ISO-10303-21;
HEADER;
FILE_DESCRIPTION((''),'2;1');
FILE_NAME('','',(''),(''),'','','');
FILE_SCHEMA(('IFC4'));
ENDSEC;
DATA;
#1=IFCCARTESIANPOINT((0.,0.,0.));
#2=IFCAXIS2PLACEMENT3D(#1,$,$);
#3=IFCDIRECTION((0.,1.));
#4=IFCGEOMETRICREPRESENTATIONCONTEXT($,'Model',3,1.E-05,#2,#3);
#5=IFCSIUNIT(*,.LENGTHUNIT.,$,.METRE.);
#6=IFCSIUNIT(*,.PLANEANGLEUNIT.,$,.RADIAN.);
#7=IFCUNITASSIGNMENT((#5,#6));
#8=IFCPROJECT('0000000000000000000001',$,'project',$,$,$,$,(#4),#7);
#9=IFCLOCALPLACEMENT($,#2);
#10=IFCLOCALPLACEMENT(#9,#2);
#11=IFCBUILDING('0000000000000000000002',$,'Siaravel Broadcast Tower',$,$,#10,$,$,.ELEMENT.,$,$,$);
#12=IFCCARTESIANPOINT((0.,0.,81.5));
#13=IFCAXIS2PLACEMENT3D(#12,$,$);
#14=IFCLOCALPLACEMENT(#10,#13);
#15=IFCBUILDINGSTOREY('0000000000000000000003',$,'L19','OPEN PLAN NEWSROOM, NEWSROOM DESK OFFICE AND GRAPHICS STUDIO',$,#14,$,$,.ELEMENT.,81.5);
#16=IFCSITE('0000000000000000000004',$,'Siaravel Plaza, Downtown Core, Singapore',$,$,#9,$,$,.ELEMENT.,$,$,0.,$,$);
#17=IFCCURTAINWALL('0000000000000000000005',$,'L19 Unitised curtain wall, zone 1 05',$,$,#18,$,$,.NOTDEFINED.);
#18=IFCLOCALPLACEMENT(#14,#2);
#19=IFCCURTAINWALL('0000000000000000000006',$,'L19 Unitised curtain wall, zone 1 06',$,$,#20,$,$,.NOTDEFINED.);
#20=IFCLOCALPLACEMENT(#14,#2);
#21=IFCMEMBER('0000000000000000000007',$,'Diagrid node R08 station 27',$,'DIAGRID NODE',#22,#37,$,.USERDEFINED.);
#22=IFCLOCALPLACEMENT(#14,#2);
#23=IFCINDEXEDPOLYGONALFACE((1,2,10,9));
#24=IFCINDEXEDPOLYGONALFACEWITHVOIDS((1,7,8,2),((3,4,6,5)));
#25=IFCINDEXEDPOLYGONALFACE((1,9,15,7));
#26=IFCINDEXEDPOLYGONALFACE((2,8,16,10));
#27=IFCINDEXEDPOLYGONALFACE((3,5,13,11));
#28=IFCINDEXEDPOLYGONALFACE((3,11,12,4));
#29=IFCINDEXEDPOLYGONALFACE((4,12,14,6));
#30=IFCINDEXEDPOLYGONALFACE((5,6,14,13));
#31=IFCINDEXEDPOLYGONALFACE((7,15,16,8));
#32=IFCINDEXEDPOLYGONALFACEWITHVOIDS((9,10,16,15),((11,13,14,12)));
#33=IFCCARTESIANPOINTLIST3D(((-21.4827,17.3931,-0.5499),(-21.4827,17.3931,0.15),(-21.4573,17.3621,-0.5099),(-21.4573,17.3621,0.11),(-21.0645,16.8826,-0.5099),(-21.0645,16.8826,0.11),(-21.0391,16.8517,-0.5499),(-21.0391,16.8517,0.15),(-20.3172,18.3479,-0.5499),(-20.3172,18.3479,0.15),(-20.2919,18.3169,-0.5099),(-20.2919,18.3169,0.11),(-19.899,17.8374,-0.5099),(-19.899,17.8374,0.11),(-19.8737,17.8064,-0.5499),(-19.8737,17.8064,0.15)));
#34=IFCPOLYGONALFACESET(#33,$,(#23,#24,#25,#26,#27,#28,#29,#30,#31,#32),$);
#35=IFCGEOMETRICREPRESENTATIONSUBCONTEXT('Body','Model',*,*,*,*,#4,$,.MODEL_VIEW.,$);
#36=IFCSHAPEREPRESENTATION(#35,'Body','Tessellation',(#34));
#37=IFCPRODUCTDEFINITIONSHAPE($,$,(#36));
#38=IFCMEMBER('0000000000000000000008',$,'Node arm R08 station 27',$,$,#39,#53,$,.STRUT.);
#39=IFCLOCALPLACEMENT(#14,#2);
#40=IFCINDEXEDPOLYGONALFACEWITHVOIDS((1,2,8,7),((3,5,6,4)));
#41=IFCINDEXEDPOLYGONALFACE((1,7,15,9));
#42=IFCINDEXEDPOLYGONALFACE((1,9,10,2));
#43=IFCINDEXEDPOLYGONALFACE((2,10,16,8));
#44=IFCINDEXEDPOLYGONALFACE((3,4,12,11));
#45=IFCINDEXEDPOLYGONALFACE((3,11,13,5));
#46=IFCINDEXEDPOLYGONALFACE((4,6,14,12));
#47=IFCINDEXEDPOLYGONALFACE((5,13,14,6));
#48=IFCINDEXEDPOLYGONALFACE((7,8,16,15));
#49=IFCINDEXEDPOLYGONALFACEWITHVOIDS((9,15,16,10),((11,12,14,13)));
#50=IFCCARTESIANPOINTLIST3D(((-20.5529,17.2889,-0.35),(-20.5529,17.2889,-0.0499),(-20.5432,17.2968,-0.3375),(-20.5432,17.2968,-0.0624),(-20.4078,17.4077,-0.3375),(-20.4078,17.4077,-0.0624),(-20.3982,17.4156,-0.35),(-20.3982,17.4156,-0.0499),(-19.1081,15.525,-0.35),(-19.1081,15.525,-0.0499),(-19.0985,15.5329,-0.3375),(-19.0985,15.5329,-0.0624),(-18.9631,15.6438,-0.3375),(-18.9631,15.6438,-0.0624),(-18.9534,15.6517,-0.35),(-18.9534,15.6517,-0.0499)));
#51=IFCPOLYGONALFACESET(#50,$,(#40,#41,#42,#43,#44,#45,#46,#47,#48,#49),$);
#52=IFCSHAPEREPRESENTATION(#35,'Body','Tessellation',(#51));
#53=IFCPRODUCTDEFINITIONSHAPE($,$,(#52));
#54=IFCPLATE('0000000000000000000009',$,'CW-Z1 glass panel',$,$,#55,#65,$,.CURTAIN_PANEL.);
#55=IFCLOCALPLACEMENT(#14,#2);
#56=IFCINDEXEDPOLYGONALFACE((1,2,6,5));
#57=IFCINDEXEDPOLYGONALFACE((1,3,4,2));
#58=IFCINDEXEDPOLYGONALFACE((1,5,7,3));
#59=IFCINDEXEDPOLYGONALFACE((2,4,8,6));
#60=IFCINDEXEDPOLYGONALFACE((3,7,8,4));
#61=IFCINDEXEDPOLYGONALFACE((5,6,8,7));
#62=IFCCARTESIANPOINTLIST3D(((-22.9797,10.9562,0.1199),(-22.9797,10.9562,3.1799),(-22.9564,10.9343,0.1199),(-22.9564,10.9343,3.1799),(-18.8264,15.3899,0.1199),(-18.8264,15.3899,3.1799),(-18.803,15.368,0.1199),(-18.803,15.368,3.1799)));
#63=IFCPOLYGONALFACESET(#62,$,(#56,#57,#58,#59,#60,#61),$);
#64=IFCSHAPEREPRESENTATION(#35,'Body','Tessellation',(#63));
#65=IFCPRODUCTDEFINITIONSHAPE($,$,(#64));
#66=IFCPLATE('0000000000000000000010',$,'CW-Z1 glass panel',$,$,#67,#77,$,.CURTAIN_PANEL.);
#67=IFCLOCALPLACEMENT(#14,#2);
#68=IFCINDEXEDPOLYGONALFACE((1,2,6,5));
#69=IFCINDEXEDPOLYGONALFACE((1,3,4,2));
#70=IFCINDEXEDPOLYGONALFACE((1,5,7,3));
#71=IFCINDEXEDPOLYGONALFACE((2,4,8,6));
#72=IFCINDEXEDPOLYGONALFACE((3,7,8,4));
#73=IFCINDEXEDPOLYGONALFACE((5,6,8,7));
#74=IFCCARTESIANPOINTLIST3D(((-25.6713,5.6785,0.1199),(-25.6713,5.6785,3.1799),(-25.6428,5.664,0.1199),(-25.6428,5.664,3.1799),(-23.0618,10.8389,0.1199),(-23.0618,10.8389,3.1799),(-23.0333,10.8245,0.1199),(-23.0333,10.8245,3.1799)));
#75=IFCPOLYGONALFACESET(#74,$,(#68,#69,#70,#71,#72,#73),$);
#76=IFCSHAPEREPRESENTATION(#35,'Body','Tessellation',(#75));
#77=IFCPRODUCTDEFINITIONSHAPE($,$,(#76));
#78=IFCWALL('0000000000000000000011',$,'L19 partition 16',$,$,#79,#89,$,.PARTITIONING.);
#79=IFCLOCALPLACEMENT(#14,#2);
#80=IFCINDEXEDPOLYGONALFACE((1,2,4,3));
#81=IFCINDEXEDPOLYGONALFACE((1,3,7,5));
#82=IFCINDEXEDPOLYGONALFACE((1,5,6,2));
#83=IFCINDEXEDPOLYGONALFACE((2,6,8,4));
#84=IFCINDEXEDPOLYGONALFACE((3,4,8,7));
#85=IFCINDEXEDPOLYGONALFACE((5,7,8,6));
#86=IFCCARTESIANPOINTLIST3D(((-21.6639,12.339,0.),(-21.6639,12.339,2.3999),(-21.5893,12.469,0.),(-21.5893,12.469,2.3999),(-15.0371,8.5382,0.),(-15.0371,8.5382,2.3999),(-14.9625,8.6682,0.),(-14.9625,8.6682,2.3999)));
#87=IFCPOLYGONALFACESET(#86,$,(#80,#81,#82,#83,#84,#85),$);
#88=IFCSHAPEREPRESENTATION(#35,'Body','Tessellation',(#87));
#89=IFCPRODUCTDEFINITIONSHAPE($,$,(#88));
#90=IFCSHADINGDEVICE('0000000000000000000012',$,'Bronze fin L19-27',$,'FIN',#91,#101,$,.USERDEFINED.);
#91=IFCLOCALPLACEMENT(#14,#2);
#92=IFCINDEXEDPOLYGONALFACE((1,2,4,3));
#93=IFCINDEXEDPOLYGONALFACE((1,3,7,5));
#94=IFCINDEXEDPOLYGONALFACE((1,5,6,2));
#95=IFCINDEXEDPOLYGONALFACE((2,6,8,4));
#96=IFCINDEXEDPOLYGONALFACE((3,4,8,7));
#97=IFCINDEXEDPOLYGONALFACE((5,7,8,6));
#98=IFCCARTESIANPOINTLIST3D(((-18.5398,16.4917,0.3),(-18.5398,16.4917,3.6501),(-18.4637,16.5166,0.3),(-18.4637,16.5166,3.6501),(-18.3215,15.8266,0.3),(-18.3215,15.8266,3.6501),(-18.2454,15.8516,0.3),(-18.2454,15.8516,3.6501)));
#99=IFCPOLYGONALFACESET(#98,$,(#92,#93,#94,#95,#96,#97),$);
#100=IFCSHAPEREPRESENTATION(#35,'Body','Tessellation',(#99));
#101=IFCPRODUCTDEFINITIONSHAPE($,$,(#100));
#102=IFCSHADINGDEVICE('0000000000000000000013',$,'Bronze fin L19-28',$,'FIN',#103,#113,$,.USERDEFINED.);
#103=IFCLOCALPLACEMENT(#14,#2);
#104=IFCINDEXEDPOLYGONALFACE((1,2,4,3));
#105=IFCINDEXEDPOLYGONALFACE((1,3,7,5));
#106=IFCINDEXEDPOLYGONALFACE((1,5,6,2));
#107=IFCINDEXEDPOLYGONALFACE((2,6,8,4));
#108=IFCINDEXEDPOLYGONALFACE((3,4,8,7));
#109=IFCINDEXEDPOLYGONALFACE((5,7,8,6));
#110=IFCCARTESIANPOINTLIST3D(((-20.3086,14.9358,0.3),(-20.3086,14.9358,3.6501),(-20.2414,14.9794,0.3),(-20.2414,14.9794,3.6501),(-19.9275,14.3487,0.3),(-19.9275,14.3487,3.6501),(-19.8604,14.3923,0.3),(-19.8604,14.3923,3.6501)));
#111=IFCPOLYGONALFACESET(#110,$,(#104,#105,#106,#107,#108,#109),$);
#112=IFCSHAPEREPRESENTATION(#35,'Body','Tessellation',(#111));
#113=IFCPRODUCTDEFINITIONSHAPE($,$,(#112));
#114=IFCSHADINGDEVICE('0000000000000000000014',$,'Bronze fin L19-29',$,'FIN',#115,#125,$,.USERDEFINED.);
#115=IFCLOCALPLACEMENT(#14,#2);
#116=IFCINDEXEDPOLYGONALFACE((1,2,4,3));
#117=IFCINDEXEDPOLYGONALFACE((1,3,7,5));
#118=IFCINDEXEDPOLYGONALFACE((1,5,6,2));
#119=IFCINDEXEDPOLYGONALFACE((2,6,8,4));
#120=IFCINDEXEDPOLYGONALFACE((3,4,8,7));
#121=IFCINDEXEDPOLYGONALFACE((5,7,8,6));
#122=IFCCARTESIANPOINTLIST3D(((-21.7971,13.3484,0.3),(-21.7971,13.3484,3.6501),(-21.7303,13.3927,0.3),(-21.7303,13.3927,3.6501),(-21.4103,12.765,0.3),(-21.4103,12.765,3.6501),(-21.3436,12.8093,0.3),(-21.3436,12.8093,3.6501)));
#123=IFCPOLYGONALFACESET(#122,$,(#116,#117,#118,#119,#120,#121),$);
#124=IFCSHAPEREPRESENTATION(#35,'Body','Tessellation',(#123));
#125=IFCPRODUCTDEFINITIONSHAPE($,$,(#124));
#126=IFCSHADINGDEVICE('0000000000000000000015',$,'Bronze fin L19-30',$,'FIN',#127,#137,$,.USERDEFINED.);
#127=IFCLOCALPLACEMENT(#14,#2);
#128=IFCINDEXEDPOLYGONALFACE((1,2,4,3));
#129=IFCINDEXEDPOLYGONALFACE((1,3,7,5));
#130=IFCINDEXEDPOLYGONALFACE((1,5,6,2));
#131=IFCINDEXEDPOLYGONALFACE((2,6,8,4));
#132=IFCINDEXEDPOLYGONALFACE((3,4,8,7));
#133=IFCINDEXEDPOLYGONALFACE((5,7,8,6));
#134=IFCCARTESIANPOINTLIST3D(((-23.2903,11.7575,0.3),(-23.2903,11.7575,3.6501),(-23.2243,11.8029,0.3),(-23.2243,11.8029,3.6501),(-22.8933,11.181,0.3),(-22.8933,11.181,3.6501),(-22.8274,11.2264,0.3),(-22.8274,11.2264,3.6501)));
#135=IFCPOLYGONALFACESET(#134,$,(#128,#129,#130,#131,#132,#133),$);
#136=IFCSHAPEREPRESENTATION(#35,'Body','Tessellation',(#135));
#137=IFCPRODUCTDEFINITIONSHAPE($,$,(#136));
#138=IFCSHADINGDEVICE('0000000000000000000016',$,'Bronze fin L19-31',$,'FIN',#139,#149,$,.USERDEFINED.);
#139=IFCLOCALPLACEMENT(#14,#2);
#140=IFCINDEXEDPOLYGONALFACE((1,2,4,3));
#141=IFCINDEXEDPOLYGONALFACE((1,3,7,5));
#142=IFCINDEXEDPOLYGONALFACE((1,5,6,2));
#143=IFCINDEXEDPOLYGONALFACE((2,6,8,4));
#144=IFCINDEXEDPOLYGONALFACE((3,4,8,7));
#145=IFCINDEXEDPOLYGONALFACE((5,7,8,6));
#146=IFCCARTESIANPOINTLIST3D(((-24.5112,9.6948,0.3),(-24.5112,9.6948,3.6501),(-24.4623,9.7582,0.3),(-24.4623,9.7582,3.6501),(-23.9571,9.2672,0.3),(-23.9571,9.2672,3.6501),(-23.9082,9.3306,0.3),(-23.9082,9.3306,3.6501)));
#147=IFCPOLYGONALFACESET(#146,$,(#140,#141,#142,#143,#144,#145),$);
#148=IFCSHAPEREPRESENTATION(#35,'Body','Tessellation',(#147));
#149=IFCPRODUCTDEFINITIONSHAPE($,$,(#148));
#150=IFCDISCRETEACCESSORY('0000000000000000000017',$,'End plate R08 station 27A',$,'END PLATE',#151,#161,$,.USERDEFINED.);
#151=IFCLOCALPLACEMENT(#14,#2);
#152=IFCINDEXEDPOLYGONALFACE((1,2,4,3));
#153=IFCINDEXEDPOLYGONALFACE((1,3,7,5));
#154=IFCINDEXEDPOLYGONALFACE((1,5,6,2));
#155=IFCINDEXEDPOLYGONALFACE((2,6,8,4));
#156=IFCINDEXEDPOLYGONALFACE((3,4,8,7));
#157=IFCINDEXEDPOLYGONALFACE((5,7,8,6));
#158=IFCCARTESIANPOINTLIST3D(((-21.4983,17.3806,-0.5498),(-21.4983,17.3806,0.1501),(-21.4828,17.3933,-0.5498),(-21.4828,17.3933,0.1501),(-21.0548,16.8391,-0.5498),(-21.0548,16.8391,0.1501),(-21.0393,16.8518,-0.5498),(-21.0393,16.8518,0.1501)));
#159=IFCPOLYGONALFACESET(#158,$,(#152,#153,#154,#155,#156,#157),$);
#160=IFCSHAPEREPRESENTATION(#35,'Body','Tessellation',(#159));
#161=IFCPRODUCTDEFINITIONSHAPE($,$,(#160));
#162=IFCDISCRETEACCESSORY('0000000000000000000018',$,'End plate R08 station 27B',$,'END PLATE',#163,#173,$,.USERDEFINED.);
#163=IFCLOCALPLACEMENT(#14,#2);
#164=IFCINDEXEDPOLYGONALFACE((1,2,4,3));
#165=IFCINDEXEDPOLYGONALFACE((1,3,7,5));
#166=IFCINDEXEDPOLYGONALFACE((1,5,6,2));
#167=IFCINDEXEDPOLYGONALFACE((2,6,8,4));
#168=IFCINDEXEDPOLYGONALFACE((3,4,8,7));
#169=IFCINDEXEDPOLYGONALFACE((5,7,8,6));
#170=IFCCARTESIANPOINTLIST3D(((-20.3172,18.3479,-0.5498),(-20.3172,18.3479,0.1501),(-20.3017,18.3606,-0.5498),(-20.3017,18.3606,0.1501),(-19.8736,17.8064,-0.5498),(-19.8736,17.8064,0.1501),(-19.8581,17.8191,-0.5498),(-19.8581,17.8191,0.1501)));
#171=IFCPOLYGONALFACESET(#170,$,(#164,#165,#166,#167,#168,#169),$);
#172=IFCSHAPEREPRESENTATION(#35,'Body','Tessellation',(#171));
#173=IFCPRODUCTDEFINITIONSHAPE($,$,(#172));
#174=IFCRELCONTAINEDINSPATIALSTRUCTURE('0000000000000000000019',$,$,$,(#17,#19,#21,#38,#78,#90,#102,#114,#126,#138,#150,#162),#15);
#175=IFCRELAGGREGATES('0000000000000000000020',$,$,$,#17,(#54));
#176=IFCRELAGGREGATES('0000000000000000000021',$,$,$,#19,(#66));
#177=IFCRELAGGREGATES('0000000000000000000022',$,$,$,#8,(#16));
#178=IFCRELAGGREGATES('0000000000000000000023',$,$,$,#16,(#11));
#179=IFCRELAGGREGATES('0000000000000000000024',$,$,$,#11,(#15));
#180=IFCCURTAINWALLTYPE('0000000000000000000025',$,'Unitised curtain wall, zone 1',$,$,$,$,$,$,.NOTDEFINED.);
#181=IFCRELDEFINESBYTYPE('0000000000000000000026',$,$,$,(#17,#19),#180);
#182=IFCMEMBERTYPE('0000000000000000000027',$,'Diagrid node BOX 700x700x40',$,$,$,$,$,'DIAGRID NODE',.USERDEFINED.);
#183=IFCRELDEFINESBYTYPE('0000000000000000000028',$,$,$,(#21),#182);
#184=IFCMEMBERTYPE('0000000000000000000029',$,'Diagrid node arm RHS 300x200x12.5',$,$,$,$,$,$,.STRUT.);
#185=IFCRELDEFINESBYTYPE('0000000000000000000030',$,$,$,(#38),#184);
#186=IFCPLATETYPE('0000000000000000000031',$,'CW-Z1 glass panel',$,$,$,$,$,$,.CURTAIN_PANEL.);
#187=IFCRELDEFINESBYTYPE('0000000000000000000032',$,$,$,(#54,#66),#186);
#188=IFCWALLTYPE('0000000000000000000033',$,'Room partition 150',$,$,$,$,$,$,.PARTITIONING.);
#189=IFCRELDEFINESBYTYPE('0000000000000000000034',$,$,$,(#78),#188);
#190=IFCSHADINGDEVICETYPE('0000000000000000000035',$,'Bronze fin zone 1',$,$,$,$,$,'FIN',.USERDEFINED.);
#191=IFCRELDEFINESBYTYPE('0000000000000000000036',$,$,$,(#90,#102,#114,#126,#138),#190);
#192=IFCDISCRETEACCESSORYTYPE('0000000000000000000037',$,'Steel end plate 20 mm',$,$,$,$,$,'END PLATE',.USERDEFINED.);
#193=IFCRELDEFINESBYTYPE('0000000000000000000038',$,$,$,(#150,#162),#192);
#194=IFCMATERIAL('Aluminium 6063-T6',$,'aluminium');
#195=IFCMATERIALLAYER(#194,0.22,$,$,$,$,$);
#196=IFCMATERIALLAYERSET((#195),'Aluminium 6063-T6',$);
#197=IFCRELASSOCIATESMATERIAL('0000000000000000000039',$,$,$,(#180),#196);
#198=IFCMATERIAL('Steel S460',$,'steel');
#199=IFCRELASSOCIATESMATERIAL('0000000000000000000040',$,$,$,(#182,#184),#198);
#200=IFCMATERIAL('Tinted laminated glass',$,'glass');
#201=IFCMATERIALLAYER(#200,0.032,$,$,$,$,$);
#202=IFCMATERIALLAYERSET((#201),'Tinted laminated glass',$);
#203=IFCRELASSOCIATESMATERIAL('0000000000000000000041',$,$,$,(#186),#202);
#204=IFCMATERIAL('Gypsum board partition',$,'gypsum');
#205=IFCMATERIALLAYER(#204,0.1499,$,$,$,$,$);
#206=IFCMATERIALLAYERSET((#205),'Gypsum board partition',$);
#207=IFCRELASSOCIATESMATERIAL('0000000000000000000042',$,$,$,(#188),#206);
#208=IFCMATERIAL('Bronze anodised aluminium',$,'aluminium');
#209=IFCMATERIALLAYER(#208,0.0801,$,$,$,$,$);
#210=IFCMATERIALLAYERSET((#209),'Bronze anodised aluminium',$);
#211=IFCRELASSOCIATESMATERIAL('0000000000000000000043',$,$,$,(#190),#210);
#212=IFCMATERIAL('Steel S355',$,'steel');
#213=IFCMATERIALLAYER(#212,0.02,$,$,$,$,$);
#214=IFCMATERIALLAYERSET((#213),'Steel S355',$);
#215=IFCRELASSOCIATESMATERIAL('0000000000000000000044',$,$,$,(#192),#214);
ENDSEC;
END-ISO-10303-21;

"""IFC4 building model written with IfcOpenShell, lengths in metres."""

from ifc_helpers import new_model, si_unit, direction, frame, frame_2d, origin, origin_2d, place, context, subcontext, project, spatial, rectangle, hollow_rectangle, extrude, material, layer, layer_set, material_profile, profile_set, type_object, element, aggregate, save


model = new_model("IFC4")

# Units and contexts
model_context = context("Model", 3, precision=1e-05, world=origin(), true_north=direction((0.0, 1.0)))
body_context = subcontext(model_context, "Body", "Model", "MODEL_VIEW")
ifc_project = project(units=[si_unit("LENGTHUNIT", "METRE"), si_unit("PLANEANGLEUNIT", "RADIAN")], contexts=[model_context])

# Site, building, storey
site_placement = place(None, origin())
site = spatial("IfcSite", under=ifc_project, at=site_placement, Name="Siaravel Plaza, Downtown Core, Singapore", CompositionType="ELEMENT", RefElevation=0.0)
building_placement = place(site_placement, origin())
building = spatial("IfcBuilding", under=site, at=building_placement, Name="Siaravel Broadcast Tower", CompositionType="ELEMENT")
storey_placement = place(building_placement, frame((0.0, 0.0, 81.5)))
storey = spatial("IfcBuildingStorey", under=building, at=storey_placement, Name="L19", Description="OPEN PLAN NEWSROOM, NEWSROOM DESK OFFICE AND GRAPHICS STUDIO", CompositionType="ELEMENT", Elevation=81.5)

# Shared definitions
ifc_material_1 = material(Name="Steel S355", Category="steel")

# Curtain wall
ifc_material_2 = material(Name="Aluminium 6063-T6", Category="aluminium")
ifc_layer_1 = layer(ifc_material_2, 0.22)
ifc_layer_set_1 = layer_set([ifc_layer_1], Name="Aluminium 6063-T6")
curtain_wall_type = type_object("IfcCurtainWallType", Name="Unitised curtain wall, zone 1", PredefinedType="NOTDEFINED", material=ifc_layer_set_1)
curtain_wall_1_placement = place(storey_placement, origin())
curtain_wall_1 = element("IfcCurtainWall", 1, at=curtain_wall_1_placement, inside=storey, type_object=curtain_wall_type, Name="L19 Unitised curtain wall, zone 1 05", PredefinedType="NOTDEFINED")

# Curtain wall
curtain_wall_2_placement = place(storey_placement, origin())
curtain_wall_2 = element("IfcCurtainWall", 2, at=curtain_wall_2_placement, inside=storey, type_object=curtain_wall_type, Name="L19 Unitised curtain wall, zone 1 06", PredefinedType="NOTDEFINED")

# Members
ifc_material_3 = material(Name="Steel S460", Category="steel")
ifc_material_profile_1 = material_profile(ifc_material_3, hollow_rectangle(XDim=0.7, YDim=0.7, WallThickness=0.04, at=origin_2d()))
ifc_profile_set_1 = profile_set([ifc_material_profile_1], Name="Steel S460")
member_type_1 = type_object("IfcMemberType", Name="Diagrid node BOX 700x700x40", ElementType="DIAGRID NODE", PredefinedType="USERDEFINED", material=ifc_profile_set_1)
member_1_placement = place(storey_placement, frame((-20.0955, 18.0771, -0.2), z_axis=(-0.77356, -0.633723, 0.0), x_axis=(0.633723, -0.77356, 0.0)))
element("IfcMember", 3, at=member_1_placement, inside=storey, type_object=member_type_1, Name="Diagrid node R08 station 27", ObjectType="DIAGRID NODE", PredefinedType="USERDEFINED", context=body_context, shape_type="SweptSolid", body=[
    extrude(hollow_rectangle(XDim=0.7, YDim=0.7, WallThickness=0.04, at=origin_2d()), origin(), (0.0, 0.0, 1.0), 1.5066),
])
ifc_material_profile_2 = material_profile(ifc_material_3, hollow_rectangle(XDim=0.2, YDim=0.3, WallThickness=0.0125, at=origin_2d()))
ifc_profile_set_2 = profile_set([ifc_material_profile_2], Name="Steel S460")
member_type_2 = type_object("IfcMemberType", Name="Diagrid node arm RHS 300x200x12.5", PredefinedType="STRUT", material=ifc_profile_set_2)
member_2_placement = place(storey_placement, frame((-19.0308, 15.5884, -0.2), z_axis=(-0.633663, 0.773609, 0.0), x_axis=(-0.773609, -0.633663, 0.0)))
element("IfcMember", 4, at=member_2_placement, inside=storey, type_object=member_type_2, Name="Node arm R08 station 27", PredefinedType="STRUT", context=body_context, shape_type="SweptSolid", body=[
    extrude(hollow_rectangle(XDim=0.2, YDim=0.3, WallThickness=0.0125, at=origin_2d()), origin(), (0.0, 0.0, 1.0), 2.28),
])

# Plates
ifc_material_4 = material(Name="Tinted laminated glass", Category="glass")
ifc_layer_2 = layer(ifc_material_4, 0.032)
ifc_layer_set_2 = layer_set([ifc_layer_2], Name="Tinted laminated glass")
plate_type = type_object("IfcPlateType", Name="CW-Z1 glass panel", PredefinedType="CURTAIN_PANEL", material=ifc_layer_set_2)
plate_1_placement = place(storey_placement, frame((-20.8914, 13.1621, 0.1199), z_axis=(0.0, 0.0, 1.0), x_axis=(-0.683655, -0.729806, 0.0)))
plate_1 = element("IfcPlate", 5, at=plate_1_placement, type_object=plate_type, Name="CW-Z1 glass panel", PredefinedType="CURTAIN_PANEL", context=body_context, shape_type="SweptSolid", body=[
    extrude(rectangle(XDim=6.0752, YDim=0.032, at=origin_2d()), origin(), (0.0, 0.0, 1.0), 3.0601),
])
aggregate(curtain_wall_1, [plate_1])
plate_2_placement = place(storey_placement, frame((-24.3523, 8.2515, 0.1199), z_axis=(0.0, 0.0, 1.0), x_axis=(-0.451261, -0.892392, 0.0)))
plate_2 = element("IfcPlate", 6, at=plate_2_placement, type_object=plate_type, Name="CW-Z1 glass panel", PredefinedType="CURTAIN_PANEL", context=body_context, shape_type="SweptSolid", body=[
    extrude(rectangle(XDim=5.7827, YDim=0.032, at=origin_2d()), origin(), (0.0, 0.0, 1.0), 3.0601),
])
aggregate(curtain_wall_2, [plate_2])

# Wall
ifc_material_5 = material(Name="Gypsum board partition", Category="gypsum")
ifc_layer_3 = layer(ifc_material_5, 0.1499)
ifc_layer_set_3 = layer_set([ifc_layer_3], Name="Gypsum board partition")
wall_type = type_object("IfcWallType", Name="Room partition 150", PredefinedType="PARTITIONING", material=ifc_layer_set_3)
wall_placement = place(storey_placement, frame((-21.6267, 12.4041, 0.0), z_axis=(0.0, 0.0, 1.0), x_axis=(0.867447, -0.497529, 0.0)))
element("IfcWall", 7, at=wall_placement, inside=storey, type_object=wall_type, Name="L19 partition 16", PredefinedType="PARTITIONING", context=body_context, shape_type="SweptSolid", body=[
    extrude(rectangle(XDim=7.6394, YDim=0.1499, at=frame_2d((3.8198, 0.0))), origin(), (0.0, 0.0, 1.0), 2.3999),
])

# Shading devices
ifc_material_6 = material(Name="Bronze anodised aluminium", Category="aluminium")
ifc_layer_4 = layer(ifc_material_6, 0.0801)
ifc_layer_set_4 = layer_set([ifc_layer_4], Name="Bronze anodised aluminium")
shading_device_type = type_object("IfcShadingDeviceType", Name="Bronze fin zone 1", ElementType="FIN", PredefinedType="USERDEFINED", material=ifc_layer_set_4)
for number, where, z_axis, x_axis, name in (
    (8, (-18.3926, 16.1716, 0.3), (0.0, 0.0, 1.0), (-0.311852, 0.950131, 0.0), "Bronze fin L19-27"),
    (9, (-20.0845, 14.6641, 0.3), (0.0, 0.0, 1.0), (-0.544374, 0.838843, 0.0), "Bronze fin L19-28"),
    (10, (-21.5703, 13.0789, 0.3), (0.0, 0.0, 1.0), (-0.552551, 0.833479, 0.0), "Bronze fin L19-29"),
    (11, (-23.0588, 11.4919, 0.3), (0.0, 0.0, 1.0), (-0.567128, 0.82363, 0.0), "Bronze fin L19-30"),
    (12, (-24.2097, 9.5127, 0.3), (0.0, 0.0, 1.0), (-0.791659, 0.610963, 0.0), "Bronze fin L19-31"),
):
    element("IfcShadingDevice", number, at=place(storey_placement, frame(where, z_axis=z_axis, x_axis=x_axis)), inside=storey, type_object=shading_device_type, Name=name, ObjectType="FIN", PredefinedType="USERDEFINED", context=body_context, shape_type="SweptSolid", body=[
        extrude(rectangle(XDim=0.7, YDim=0.0801, at=origin_2d()), origin(), (0.0, 0.0, 1.0), 3.3501),
    ])

# Discrete accessories
ifc_layer_5 = layer(ifc_material_1, 0.02)
ifc_layer_set_5 = layer_set([ifc_layer_5], Name="Steel S355")
discrete_accessory_type = type_object("IfcDiscreteAccessoryType", Name="Steel end plate 20 mm", ElementType="END PLATE", PredefinedType="USERDEFINED", material=ifc_layer_set_5)
for number, where, z_axis, x_axis, name in (
    (13, (-21.2688, 17.1162, -0.5498), (0.0, 0.0, 1.0), (-0.773604, -0.63367, 0.0), "End plate R08 station 27A"),
    (14, (-20.0876, 18.0835, -0.5498), (0.0, 0.0, 1.0), (-0.773604, -0.63367, 0.0), "End plate R08 station 27B"),
):
    element("IfcDiscreteAccessory", number, at=place(storey_placement, frame(where, z_axis=z_axis, x_axis=x_axis)), inside=storey, type_object=discrete_accessory_type, Name=name, ObjectType="END PLATE", PredefinedType="USERDEFINED", context=body_context, shape_type="SweptSolid", body=[
        extrude(rectangle(XDim=0.02, YDim=0.7, at=origin_2d()), origin(), (0.0, 0.0, 1.0), 0.7),
    ])

save(model, "model.ifc")
